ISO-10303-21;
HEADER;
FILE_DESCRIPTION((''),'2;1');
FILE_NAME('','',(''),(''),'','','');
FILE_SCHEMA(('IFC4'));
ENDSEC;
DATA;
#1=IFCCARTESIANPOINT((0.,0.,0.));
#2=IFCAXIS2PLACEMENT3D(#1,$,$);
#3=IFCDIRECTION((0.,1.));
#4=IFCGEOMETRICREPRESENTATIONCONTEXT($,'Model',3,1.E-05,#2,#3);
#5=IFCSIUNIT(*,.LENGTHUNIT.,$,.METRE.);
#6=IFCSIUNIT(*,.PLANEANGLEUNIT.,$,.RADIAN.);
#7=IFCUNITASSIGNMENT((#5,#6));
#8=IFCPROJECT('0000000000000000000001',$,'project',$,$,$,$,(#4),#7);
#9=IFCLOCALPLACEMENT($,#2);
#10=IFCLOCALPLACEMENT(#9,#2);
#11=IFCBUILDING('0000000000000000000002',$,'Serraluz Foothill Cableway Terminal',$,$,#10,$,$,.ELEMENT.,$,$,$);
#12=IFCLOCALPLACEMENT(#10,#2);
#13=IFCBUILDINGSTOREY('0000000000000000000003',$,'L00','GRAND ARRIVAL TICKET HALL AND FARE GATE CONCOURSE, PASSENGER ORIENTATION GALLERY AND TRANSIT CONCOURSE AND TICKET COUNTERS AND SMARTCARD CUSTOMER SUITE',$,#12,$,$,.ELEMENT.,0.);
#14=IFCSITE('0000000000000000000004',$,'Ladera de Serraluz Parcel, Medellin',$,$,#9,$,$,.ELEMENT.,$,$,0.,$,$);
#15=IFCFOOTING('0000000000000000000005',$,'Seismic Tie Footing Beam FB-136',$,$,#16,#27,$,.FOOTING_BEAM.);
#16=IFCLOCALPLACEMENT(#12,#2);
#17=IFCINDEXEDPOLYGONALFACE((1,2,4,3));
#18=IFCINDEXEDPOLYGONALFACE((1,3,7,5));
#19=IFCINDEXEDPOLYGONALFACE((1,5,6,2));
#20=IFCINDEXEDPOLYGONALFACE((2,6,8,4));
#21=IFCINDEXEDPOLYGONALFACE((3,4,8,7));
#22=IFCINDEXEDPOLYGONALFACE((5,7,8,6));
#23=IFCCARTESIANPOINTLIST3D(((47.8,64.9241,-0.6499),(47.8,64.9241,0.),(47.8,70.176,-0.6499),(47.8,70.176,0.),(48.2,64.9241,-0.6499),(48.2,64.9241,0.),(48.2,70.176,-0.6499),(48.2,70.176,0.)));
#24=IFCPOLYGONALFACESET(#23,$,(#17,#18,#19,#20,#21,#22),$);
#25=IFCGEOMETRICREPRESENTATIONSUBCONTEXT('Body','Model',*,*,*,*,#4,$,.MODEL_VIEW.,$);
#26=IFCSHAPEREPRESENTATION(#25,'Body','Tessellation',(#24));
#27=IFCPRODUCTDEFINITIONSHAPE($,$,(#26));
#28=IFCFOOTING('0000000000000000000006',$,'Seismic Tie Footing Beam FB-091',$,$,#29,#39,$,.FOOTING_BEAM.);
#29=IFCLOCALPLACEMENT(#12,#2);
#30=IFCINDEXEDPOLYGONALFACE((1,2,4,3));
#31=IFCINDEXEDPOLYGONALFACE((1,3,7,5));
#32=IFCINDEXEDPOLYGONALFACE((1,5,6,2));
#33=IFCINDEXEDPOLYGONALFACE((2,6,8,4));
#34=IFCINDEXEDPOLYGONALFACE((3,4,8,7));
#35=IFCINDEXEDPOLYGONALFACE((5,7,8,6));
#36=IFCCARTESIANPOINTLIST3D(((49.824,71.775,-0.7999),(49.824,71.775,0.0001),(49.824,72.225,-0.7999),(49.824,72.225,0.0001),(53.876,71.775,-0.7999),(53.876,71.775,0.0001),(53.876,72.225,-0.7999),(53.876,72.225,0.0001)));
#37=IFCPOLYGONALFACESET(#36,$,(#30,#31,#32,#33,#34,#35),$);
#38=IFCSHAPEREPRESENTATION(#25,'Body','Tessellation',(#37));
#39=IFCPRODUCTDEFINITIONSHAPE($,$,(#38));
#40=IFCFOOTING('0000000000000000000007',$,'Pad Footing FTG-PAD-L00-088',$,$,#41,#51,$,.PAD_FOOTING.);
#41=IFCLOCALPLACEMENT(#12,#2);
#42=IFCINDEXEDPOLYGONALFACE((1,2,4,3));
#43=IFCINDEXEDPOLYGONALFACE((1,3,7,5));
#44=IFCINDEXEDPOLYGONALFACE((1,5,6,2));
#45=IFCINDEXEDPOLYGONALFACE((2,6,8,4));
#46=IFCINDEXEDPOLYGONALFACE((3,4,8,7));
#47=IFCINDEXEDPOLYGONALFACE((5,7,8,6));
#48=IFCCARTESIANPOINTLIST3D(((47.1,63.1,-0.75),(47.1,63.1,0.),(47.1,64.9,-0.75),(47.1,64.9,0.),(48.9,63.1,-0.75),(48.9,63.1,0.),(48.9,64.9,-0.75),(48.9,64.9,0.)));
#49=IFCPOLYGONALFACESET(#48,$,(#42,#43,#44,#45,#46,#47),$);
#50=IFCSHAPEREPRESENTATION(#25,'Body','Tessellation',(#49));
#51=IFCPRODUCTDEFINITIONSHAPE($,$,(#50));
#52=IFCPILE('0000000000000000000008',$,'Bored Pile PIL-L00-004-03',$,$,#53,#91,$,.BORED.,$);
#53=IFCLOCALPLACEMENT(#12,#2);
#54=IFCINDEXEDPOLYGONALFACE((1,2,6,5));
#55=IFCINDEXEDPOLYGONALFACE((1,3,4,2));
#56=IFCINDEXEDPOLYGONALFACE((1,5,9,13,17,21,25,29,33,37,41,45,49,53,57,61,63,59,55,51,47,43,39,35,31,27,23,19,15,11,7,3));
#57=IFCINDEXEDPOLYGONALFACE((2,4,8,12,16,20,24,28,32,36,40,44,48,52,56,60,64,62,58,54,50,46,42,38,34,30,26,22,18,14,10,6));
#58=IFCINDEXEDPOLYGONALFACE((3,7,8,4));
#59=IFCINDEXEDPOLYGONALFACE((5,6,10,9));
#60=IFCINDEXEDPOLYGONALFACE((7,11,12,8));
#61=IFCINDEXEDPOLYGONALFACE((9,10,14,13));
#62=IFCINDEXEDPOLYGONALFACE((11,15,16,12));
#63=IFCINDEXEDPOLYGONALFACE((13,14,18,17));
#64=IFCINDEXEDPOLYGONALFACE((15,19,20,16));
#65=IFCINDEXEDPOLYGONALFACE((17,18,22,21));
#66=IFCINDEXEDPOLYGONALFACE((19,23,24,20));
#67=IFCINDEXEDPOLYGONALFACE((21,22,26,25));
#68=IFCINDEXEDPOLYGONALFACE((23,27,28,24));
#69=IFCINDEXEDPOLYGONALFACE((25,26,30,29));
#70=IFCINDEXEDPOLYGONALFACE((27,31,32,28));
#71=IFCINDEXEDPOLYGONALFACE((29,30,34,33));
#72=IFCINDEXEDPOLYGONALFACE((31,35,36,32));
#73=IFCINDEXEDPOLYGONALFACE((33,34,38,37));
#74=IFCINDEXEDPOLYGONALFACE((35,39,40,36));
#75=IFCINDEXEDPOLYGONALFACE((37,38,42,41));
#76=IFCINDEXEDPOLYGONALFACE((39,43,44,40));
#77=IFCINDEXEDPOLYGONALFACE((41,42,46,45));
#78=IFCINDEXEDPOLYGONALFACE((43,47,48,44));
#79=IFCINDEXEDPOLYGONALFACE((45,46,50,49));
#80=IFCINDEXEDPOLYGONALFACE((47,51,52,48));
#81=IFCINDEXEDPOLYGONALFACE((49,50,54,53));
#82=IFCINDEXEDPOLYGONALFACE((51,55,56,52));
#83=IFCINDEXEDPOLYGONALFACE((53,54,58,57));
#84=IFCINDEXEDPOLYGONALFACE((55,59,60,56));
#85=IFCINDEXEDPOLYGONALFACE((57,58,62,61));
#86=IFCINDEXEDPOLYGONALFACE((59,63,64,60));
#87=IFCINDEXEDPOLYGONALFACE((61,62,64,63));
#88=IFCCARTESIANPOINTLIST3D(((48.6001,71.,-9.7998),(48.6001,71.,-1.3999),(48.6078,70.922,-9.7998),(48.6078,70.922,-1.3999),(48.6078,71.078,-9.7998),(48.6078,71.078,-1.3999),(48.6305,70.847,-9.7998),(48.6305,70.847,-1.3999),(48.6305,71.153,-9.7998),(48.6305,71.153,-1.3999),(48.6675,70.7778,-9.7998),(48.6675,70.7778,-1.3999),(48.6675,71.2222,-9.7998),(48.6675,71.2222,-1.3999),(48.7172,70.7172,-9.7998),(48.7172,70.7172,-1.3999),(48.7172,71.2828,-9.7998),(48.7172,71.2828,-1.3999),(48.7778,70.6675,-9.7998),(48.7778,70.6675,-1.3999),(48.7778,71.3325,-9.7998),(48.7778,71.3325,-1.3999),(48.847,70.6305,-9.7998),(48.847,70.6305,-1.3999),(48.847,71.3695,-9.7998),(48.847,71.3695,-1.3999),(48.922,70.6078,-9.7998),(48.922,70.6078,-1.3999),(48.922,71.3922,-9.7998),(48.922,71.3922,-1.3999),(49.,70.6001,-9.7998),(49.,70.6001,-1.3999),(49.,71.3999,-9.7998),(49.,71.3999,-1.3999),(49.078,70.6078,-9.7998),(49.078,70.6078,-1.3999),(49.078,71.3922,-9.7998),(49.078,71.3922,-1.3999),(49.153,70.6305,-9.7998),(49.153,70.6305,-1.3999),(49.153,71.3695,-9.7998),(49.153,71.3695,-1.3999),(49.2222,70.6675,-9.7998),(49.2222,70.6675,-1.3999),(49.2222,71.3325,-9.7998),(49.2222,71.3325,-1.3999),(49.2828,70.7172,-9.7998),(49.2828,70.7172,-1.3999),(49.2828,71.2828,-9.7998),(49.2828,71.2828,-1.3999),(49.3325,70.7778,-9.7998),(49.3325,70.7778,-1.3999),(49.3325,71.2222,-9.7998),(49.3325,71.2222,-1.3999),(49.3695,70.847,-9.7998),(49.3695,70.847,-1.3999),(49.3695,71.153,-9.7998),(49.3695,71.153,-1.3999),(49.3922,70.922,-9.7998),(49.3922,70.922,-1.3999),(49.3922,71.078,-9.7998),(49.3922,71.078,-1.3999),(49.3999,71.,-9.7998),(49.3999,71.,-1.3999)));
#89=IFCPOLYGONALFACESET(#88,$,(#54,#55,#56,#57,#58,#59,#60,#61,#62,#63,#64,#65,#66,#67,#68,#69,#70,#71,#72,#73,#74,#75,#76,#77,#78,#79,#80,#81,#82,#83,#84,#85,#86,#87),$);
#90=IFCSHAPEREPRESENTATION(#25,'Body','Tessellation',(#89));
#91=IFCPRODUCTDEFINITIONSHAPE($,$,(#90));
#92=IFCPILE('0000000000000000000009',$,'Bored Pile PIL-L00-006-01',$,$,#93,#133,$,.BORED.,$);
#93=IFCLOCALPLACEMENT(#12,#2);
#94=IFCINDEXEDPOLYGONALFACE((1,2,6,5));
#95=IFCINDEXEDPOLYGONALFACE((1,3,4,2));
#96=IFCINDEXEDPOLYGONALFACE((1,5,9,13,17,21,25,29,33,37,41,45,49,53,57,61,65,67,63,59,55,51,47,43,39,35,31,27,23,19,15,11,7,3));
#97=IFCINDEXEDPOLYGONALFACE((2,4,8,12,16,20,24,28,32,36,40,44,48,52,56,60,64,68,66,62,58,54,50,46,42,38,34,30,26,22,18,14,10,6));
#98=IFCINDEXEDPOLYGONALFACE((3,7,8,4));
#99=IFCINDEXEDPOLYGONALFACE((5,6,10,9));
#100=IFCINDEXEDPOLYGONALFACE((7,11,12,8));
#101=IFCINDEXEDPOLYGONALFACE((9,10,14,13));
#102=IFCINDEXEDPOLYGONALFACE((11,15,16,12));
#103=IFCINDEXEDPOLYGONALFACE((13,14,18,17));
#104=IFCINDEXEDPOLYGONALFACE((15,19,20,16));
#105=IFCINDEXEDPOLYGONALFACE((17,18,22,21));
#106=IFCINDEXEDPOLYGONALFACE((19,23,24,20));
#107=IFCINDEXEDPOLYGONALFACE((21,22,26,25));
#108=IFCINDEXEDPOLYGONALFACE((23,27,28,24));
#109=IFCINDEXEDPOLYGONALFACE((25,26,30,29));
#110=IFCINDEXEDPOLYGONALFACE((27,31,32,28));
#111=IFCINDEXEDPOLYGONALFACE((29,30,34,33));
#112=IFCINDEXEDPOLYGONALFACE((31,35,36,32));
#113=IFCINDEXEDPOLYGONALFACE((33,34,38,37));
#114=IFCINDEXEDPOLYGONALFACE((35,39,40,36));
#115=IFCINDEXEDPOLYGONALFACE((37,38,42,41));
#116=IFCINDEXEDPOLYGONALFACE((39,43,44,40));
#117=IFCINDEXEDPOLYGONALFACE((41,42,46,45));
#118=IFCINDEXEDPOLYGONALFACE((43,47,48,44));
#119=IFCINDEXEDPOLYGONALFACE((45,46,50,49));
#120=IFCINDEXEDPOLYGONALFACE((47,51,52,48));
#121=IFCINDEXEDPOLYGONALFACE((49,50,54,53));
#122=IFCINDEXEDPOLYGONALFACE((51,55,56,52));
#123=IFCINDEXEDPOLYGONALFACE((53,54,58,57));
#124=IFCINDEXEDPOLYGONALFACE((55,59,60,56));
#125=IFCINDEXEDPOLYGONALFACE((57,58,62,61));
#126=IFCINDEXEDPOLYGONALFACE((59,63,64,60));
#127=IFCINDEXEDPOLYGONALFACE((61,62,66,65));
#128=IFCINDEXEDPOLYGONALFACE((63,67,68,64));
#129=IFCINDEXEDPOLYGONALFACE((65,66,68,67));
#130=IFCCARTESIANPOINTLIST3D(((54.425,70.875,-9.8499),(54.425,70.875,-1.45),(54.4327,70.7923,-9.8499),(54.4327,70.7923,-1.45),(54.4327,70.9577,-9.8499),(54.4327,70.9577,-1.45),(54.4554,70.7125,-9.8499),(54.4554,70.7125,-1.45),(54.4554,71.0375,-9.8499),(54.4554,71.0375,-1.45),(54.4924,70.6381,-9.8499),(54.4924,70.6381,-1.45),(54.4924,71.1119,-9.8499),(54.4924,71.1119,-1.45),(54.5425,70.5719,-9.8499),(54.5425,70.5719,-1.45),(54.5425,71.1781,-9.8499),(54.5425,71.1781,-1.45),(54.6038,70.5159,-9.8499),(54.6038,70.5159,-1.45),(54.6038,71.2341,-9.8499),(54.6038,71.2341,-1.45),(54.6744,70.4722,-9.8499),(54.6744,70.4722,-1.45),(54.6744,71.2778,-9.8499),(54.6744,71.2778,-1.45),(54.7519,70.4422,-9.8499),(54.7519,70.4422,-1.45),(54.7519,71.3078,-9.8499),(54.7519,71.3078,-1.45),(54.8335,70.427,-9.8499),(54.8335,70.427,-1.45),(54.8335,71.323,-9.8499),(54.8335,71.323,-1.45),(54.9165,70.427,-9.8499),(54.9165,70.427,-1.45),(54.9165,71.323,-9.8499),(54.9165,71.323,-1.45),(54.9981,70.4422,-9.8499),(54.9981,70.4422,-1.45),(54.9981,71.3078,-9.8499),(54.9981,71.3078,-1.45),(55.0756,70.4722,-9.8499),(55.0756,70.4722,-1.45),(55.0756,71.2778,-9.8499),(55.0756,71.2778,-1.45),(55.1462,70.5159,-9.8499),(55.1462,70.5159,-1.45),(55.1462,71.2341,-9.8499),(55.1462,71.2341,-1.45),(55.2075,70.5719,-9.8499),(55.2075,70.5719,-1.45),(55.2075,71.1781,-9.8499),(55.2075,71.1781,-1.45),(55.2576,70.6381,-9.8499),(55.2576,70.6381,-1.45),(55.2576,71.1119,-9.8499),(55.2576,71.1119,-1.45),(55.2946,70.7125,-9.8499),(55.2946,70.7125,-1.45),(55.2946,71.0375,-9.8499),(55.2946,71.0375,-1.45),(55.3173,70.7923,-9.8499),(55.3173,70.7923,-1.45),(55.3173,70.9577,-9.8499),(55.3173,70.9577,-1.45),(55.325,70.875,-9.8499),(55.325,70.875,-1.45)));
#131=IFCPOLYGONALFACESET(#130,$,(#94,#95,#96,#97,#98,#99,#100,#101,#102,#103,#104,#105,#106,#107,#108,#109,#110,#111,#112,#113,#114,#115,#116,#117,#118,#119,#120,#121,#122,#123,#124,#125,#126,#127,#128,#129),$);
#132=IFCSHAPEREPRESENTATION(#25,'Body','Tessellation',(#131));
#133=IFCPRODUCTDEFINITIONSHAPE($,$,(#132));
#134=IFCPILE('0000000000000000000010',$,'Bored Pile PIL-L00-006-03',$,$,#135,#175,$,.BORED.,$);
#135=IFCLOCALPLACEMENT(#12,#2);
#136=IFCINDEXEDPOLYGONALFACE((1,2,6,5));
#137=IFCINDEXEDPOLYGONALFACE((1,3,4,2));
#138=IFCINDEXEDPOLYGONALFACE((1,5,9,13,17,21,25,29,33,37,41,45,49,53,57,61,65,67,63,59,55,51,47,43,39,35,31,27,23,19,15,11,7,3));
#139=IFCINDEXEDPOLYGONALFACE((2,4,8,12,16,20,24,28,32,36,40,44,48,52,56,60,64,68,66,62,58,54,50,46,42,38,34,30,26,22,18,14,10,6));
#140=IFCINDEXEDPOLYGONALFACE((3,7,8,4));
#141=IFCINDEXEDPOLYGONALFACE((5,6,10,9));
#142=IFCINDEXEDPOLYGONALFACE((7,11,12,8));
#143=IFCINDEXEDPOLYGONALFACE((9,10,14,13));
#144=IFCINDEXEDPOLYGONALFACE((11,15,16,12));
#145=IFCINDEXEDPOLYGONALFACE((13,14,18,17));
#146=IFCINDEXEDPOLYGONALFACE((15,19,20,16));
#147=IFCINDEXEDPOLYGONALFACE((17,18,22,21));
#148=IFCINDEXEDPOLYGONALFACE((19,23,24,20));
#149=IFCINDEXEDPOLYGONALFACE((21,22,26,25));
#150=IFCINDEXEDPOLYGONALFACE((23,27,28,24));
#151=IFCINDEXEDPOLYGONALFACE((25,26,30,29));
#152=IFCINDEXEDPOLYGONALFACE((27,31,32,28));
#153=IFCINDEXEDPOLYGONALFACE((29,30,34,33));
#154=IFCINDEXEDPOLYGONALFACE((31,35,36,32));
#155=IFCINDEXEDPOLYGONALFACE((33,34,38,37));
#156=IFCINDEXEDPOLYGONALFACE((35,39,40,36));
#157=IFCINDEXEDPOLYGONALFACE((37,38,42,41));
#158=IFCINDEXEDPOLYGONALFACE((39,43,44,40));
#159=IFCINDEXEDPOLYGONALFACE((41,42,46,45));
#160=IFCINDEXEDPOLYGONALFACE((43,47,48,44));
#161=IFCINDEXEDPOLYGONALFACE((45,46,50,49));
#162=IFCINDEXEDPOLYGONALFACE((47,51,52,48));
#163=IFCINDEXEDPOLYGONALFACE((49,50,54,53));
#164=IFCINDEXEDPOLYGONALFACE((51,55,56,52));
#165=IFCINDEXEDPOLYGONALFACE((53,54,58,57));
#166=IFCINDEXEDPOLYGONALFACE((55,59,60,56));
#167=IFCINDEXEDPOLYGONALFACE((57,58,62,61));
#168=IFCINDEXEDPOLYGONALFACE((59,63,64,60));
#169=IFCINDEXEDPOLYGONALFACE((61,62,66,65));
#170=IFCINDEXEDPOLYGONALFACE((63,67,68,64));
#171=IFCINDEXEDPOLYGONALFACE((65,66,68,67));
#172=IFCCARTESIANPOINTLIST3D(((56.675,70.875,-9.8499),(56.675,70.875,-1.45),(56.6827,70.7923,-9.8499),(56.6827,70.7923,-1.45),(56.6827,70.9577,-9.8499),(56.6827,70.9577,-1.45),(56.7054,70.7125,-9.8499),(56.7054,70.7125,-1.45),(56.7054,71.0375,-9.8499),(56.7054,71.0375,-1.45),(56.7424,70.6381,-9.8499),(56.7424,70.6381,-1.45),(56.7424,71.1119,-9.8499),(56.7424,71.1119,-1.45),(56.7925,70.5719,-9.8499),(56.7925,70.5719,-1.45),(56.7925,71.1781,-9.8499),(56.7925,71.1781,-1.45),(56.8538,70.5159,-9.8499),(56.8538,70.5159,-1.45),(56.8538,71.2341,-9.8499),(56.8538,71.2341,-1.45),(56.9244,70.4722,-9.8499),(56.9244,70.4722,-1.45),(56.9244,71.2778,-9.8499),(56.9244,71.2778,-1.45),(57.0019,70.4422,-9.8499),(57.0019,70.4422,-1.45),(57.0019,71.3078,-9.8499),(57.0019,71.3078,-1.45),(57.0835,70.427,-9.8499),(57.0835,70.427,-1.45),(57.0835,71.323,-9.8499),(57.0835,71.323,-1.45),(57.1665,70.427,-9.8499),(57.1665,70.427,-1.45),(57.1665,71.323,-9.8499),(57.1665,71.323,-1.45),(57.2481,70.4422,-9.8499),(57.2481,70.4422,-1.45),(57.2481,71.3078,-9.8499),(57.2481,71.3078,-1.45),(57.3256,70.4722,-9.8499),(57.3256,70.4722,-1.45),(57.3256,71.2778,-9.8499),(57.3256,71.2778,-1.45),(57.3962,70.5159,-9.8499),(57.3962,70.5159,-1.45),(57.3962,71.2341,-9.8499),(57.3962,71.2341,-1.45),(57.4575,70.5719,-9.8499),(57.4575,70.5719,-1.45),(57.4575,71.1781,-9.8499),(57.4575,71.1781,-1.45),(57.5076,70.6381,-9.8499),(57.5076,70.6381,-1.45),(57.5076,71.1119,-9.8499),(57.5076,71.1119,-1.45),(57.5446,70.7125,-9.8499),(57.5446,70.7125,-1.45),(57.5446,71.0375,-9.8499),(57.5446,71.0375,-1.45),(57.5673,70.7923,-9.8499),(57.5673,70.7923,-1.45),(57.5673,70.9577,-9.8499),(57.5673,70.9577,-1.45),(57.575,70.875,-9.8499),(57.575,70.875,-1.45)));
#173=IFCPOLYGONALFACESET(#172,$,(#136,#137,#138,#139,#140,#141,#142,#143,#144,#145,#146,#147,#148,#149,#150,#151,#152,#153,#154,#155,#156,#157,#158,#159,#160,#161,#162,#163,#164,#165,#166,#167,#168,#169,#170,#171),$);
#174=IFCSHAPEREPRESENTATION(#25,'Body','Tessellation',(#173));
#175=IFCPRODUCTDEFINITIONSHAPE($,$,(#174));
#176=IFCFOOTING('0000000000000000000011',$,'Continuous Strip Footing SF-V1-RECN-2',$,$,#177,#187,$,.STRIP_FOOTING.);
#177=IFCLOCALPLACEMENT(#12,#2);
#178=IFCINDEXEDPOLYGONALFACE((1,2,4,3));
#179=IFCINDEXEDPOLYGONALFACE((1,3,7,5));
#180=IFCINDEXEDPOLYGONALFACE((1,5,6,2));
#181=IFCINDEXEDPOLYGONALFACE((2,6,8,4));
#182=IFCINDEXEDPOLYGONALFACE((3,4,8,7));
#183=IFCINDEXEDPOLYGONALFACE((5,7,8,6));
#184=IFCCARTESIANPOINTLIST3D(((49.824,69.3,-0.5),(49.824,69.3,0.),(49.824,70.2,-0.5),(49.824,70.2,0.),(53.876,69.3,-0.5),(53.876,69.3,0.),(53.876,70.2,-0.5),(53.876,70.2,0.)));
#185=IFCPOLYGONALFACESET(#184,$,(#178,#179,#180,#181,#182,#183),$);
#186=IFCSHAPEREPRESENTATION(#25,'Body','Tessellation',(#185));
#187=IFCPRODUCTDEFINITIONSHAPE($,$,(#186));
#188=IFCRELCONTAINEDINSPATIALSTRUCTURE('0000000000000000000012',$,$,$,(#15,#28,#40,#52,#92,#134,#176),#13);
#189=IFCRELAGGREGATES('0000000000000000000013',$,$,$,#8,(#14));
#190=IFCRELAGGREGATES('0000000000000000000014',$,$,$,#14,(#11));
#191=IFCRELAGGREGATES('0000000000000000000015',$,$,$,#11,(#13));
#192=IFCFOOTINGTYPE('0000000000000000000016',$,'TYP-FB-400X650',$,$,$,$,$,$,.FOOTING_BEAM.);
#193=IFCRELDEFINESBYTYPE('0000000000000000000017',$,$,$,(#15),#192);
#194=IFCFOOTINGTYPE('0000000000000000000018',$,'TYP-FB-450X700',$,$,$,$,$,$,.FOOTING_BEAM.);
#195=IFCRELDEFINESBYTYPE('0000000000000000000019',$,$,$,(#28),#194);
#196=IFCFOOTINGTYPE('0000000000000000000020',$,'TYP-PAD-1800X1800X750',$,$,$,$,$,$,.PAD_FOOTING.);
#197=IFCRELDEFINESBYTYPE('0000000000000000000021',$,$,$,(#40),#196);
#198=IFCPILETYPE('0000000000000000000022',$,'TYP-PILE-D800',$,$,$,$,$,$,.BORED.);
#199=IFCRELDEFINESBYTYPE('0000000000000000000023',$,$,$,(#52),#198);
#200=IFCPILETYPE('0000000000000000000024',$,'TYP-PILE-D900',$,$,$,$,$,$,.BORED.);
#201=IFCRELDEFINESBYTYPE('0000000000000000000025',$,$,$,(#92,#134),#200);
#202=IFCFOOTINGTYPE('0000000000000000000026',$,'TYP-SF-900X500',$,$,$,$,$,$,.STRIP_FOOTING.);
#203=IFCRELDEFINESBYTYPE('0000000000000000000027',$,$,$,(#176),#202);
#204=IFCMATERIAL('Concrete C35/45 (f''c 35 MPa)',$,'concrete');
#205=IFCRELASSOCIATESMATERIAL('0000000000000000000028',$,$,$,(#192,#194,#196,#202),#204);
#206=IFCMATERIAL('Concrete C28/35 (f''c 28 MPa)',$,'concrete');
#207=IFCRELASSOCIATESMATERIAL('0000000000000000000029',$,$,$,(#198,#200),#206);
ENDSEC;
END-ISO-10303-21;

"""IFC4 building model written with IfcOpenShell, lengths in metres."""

from ifc_helpers import new_model, si_unit, direction, frame, origin, origin_2d, place, context, subcontext, project, spatial, rectangle, circle, extrude, material, material_profile, profile_set, type_object, element, save


model = new_model("IFC4")

# Units and contexts
model_context = context("Model", 3, precision=1e-05, world=origin(), true_north=direction((0.0, 1.0)))
body_context = subcontext(model_context, "Body", "Model", "MODEL_VIEW")
ifc_project = project(units=[si_unit("LENGTHUNIT", "METRE"), si_unit("PLANEANGLEUNIT", "RADIAN")], contexts=[model_context])

# Site, building, storey
site_placement = place(None, origin())
site = spatial("IfcSite", under=ifc_project, at=site_placement, Name="Ladera de Serraluz Parcel, Medellin", CompositionType="ELEMENT", RefElevation=0.0)
building_placement = place(site_placement, origin())
building = spatial("IfcBuilding", under=site, at=building_placement, Name="Serraluz Foothill Cableway Terminal", CompositionType="ELEMENT")
storey_placement = place(building_placement, origin())
storey = spatial("IfcBuildingStorey", under=building, at=storey_placement, Name="L00", Description="GRAND ARRIVAL TICKET HALL AND FARE GATE CONCOURSE, PASSENGER ORIENTATION GALLERY AND TRANSIT CONCOURSE AND TICKET COUNTERS AND SMARTCARD CUSTOMER SUITE", CompositionType="ELEMENT", Elevation=0.0)

# Footings
ifc_material_1 = material(Name="Concrete C35/45 (f'c 35 MPa)", Category="concrete")
ifc_material_profile_1 = material_profile(ifc_material_1, rectangle(XDim=0.3999, YDim=0.6499, at=origin_2d()), Name="RC 400x650")
ifc_profile_set_1 = profile_set([ifc_material_profile_1], Name="Concrete C35/45 (f'c 35 MPa)")
footing_type_1 = type_object("IfcFootingType", Name="TYP-FB-400X650", PredefinedType="FOOTING_BEAM", material=ifc_profile_set_1)
footing_1_placement = place(storey_placement, frame((48.0, 64.9241, -0.325), z_axis=(0.0, 1.0, 0.0), x_axis=(-1.0, 0.0, 0.0)))
element("IfcFooting", 1, at=footing_1_placement, inside=storey, type_object=footing_type_1, Name="Seismic Tie Footing Beam FB-136", PredefinedType="FOOTING_BEAM", context=body_context, shape_type="SweptSolid", body=[
    extrude(rectangle(XDim=0.3999, YDim=0.6499, at=origin_2d()), origin(), (0.0, 0.0, 1.0), 5.252),
])
ifc_material_profile_2 = material_profile(ifc_material_1, rectangle(XDim=0.45, YDim=0.8, at=origin_2d()), Name="RC 450x800")
ifc_profile_set_2 = profile_set([ifc_material_profile_2], Name="Concrete C35/45 (f'c 35 MPa)")
footing_type_2 = type_object("IfcFootingType", Name="TYP-FB-450X700", PredefinedType="FOOTING_BEAM", material=ifc_profile_set_2)
footing_2_placement = place(storey_placement, frame((49.824, 72.0, -0.3999), z_axis=(1.0, 0.0, 0.0), x_axis=(0.0, 1.0, 0.0)))
element("IfcFooting", 2, at=footing_2_placement, inside=storey, type_object=footing_type_2, Name="Seismic Tie Footing Beam FB-091", PredefinedType="FOOTING_BEAM", context=body_context, shape_type="SweptSolid", body=[
    extrude(rectangle(XDim=0.45, YDim=0.8, at=origin_2d()), origin(), (0.0, 0.0, 1.0), 4.052),
])
footing_type_3 = type_object("IfcFootingType", Name="TYP-PAD-1800X1800X750", PredefinedType="PAD_FOOTING", material=ifc_material_1)
footing_3_placement = place(storey_placement, frame((48.0, 64.0, -0.75), z_axis=(0.0, 0.0, 1.0), x_axis=(1.0, 0.0, 0.0)))
element("IfcFooting", 3, at=footing_3_placement, inside=storey, type_object=footing_type_3, Name="Pad Footing FTG-PAD-L00-088", PredefinedType="PAD_FOOTING", context=body_context, shape_type="SweptSolid", body=[
    extrude(rectangle(XDim=1.8, YDim=1.8, at=origin_2d()), origin(), (0.0, 0.0, 1.0), 0.75),
])

# Piles
ifc_material_2 = material(Name="Concrete C28/35 (f'c 28 MPa)", Category="concrete")
ifc_material_profile_3 = material_profile(ifc_material_2, circle(Radius=0.3999, at=origin_2d()), Name="BORED PILE D800")
ifc_profile_set_3 = profile_set([ifc_material_profile_3], Name="Concrete C28/35 (f'c 28 MPa)")
pile_type_1 = type_object("IfcPileType", Name="TYP-PILE-D800", PredefinedType="BORED", material=ifc_profile_set_3)
pile_placement = place(storey_placement, frame((49.0, 71.0, -1.3999), z_axis=(0.0, 0.0, -1.0), x_axis=(1.0, 0.0, 0.0)))
element("IfcPile", 4, at=pile_placement, inside=storey, type_object=pile_type_1, Name="Bored Pile PIL-L00-004-03", PredefinedType="BORED", context=body_context, shape_type="SweptSolid", body=[
    extrude(circle(Radius=0.3999, at=origin_2d()), origin(), (0.0, 0.0, 1.0), 8.3999),
])
ifc_material_profile_4 = material_profile(ifc_material_2, circle(Radius=0.45, at=origin_2d()), Name="BORED PILE D900")
ifc_profile_set_4 = profile_set([ifc_material_profile_4], Name="Concrete C28/35 (f'c 28 MPa)")
pile_type_2 = type_object("IfcPileType", Name="TYP-PILE-D900", PredefinedType="BORED", material=ifc_profile_set_4)
for number, where, z_axis, x_axis, name in (
    (5, (54.875, 70.875, -1.45), (0.0, 0.0, -1.0), (1.0, 0.0, 0.0), "Bored Pile PIL-L00-006-01"),
    (6, (57.125, 70.875, -1.45), (0.0, 0.0, -1.0), (1.0, 0.0, 0.0), "Bored Pile PIL-L00-006-03"),
):
    element("IfcPile", number, at=place(storey_placement, frame(where, z_axis=z_axis, x_axis=x_axis)), inside=storey, type_object=pile_type_2, Name=name, PredefinedType="BORED", context=body_context, shape_type="SweptSolid", body=[
        extrude(circle(Radius=0.45, at=origin_2d()), origin(), (0.0, 0.0, 1.0), 8.3999),
    ])

# Footing
ifc_material_profile_5 = material_profile(ifc_material_1, rectangle(XDim=0.8999, YDim=0.5, at=origin_2d()), Name="SF 900x500")
ifc_profile_set_5 = profile_set([ifc_material_profile_5], Name="Concrete C35/45 (f'c 35 MPa)")
footing_type_4 = type_object("IfcFootingType", Name="TYP-SF-900X500", PredefinedType="STRIP_FOOTING", material=ifc_profile_set_5)
footing_4_placement = place(storey_placement, frame((49.824, 69.75, -0.25), z_axis=(1.0, 0.0, 0.0), x_axis=(0.0, 1.0, 0.0)))
element("IfcFooting", 7, at=footing_4_placement, inside=storey, type_object=footing_type_4, Name="Continuous Strip Footing SF-V1-RECN-2", PredefinedType="STRIP_FOOTING", context=body_context, shape_type="SweptSolid", body=[
    extrude(rectangle(XDim=0.8999, YDim=0.5, at=origin_2d()), origin(), (0.0, 0.0, 1.0), 4.052),
])

save(model, "model.ifc")
